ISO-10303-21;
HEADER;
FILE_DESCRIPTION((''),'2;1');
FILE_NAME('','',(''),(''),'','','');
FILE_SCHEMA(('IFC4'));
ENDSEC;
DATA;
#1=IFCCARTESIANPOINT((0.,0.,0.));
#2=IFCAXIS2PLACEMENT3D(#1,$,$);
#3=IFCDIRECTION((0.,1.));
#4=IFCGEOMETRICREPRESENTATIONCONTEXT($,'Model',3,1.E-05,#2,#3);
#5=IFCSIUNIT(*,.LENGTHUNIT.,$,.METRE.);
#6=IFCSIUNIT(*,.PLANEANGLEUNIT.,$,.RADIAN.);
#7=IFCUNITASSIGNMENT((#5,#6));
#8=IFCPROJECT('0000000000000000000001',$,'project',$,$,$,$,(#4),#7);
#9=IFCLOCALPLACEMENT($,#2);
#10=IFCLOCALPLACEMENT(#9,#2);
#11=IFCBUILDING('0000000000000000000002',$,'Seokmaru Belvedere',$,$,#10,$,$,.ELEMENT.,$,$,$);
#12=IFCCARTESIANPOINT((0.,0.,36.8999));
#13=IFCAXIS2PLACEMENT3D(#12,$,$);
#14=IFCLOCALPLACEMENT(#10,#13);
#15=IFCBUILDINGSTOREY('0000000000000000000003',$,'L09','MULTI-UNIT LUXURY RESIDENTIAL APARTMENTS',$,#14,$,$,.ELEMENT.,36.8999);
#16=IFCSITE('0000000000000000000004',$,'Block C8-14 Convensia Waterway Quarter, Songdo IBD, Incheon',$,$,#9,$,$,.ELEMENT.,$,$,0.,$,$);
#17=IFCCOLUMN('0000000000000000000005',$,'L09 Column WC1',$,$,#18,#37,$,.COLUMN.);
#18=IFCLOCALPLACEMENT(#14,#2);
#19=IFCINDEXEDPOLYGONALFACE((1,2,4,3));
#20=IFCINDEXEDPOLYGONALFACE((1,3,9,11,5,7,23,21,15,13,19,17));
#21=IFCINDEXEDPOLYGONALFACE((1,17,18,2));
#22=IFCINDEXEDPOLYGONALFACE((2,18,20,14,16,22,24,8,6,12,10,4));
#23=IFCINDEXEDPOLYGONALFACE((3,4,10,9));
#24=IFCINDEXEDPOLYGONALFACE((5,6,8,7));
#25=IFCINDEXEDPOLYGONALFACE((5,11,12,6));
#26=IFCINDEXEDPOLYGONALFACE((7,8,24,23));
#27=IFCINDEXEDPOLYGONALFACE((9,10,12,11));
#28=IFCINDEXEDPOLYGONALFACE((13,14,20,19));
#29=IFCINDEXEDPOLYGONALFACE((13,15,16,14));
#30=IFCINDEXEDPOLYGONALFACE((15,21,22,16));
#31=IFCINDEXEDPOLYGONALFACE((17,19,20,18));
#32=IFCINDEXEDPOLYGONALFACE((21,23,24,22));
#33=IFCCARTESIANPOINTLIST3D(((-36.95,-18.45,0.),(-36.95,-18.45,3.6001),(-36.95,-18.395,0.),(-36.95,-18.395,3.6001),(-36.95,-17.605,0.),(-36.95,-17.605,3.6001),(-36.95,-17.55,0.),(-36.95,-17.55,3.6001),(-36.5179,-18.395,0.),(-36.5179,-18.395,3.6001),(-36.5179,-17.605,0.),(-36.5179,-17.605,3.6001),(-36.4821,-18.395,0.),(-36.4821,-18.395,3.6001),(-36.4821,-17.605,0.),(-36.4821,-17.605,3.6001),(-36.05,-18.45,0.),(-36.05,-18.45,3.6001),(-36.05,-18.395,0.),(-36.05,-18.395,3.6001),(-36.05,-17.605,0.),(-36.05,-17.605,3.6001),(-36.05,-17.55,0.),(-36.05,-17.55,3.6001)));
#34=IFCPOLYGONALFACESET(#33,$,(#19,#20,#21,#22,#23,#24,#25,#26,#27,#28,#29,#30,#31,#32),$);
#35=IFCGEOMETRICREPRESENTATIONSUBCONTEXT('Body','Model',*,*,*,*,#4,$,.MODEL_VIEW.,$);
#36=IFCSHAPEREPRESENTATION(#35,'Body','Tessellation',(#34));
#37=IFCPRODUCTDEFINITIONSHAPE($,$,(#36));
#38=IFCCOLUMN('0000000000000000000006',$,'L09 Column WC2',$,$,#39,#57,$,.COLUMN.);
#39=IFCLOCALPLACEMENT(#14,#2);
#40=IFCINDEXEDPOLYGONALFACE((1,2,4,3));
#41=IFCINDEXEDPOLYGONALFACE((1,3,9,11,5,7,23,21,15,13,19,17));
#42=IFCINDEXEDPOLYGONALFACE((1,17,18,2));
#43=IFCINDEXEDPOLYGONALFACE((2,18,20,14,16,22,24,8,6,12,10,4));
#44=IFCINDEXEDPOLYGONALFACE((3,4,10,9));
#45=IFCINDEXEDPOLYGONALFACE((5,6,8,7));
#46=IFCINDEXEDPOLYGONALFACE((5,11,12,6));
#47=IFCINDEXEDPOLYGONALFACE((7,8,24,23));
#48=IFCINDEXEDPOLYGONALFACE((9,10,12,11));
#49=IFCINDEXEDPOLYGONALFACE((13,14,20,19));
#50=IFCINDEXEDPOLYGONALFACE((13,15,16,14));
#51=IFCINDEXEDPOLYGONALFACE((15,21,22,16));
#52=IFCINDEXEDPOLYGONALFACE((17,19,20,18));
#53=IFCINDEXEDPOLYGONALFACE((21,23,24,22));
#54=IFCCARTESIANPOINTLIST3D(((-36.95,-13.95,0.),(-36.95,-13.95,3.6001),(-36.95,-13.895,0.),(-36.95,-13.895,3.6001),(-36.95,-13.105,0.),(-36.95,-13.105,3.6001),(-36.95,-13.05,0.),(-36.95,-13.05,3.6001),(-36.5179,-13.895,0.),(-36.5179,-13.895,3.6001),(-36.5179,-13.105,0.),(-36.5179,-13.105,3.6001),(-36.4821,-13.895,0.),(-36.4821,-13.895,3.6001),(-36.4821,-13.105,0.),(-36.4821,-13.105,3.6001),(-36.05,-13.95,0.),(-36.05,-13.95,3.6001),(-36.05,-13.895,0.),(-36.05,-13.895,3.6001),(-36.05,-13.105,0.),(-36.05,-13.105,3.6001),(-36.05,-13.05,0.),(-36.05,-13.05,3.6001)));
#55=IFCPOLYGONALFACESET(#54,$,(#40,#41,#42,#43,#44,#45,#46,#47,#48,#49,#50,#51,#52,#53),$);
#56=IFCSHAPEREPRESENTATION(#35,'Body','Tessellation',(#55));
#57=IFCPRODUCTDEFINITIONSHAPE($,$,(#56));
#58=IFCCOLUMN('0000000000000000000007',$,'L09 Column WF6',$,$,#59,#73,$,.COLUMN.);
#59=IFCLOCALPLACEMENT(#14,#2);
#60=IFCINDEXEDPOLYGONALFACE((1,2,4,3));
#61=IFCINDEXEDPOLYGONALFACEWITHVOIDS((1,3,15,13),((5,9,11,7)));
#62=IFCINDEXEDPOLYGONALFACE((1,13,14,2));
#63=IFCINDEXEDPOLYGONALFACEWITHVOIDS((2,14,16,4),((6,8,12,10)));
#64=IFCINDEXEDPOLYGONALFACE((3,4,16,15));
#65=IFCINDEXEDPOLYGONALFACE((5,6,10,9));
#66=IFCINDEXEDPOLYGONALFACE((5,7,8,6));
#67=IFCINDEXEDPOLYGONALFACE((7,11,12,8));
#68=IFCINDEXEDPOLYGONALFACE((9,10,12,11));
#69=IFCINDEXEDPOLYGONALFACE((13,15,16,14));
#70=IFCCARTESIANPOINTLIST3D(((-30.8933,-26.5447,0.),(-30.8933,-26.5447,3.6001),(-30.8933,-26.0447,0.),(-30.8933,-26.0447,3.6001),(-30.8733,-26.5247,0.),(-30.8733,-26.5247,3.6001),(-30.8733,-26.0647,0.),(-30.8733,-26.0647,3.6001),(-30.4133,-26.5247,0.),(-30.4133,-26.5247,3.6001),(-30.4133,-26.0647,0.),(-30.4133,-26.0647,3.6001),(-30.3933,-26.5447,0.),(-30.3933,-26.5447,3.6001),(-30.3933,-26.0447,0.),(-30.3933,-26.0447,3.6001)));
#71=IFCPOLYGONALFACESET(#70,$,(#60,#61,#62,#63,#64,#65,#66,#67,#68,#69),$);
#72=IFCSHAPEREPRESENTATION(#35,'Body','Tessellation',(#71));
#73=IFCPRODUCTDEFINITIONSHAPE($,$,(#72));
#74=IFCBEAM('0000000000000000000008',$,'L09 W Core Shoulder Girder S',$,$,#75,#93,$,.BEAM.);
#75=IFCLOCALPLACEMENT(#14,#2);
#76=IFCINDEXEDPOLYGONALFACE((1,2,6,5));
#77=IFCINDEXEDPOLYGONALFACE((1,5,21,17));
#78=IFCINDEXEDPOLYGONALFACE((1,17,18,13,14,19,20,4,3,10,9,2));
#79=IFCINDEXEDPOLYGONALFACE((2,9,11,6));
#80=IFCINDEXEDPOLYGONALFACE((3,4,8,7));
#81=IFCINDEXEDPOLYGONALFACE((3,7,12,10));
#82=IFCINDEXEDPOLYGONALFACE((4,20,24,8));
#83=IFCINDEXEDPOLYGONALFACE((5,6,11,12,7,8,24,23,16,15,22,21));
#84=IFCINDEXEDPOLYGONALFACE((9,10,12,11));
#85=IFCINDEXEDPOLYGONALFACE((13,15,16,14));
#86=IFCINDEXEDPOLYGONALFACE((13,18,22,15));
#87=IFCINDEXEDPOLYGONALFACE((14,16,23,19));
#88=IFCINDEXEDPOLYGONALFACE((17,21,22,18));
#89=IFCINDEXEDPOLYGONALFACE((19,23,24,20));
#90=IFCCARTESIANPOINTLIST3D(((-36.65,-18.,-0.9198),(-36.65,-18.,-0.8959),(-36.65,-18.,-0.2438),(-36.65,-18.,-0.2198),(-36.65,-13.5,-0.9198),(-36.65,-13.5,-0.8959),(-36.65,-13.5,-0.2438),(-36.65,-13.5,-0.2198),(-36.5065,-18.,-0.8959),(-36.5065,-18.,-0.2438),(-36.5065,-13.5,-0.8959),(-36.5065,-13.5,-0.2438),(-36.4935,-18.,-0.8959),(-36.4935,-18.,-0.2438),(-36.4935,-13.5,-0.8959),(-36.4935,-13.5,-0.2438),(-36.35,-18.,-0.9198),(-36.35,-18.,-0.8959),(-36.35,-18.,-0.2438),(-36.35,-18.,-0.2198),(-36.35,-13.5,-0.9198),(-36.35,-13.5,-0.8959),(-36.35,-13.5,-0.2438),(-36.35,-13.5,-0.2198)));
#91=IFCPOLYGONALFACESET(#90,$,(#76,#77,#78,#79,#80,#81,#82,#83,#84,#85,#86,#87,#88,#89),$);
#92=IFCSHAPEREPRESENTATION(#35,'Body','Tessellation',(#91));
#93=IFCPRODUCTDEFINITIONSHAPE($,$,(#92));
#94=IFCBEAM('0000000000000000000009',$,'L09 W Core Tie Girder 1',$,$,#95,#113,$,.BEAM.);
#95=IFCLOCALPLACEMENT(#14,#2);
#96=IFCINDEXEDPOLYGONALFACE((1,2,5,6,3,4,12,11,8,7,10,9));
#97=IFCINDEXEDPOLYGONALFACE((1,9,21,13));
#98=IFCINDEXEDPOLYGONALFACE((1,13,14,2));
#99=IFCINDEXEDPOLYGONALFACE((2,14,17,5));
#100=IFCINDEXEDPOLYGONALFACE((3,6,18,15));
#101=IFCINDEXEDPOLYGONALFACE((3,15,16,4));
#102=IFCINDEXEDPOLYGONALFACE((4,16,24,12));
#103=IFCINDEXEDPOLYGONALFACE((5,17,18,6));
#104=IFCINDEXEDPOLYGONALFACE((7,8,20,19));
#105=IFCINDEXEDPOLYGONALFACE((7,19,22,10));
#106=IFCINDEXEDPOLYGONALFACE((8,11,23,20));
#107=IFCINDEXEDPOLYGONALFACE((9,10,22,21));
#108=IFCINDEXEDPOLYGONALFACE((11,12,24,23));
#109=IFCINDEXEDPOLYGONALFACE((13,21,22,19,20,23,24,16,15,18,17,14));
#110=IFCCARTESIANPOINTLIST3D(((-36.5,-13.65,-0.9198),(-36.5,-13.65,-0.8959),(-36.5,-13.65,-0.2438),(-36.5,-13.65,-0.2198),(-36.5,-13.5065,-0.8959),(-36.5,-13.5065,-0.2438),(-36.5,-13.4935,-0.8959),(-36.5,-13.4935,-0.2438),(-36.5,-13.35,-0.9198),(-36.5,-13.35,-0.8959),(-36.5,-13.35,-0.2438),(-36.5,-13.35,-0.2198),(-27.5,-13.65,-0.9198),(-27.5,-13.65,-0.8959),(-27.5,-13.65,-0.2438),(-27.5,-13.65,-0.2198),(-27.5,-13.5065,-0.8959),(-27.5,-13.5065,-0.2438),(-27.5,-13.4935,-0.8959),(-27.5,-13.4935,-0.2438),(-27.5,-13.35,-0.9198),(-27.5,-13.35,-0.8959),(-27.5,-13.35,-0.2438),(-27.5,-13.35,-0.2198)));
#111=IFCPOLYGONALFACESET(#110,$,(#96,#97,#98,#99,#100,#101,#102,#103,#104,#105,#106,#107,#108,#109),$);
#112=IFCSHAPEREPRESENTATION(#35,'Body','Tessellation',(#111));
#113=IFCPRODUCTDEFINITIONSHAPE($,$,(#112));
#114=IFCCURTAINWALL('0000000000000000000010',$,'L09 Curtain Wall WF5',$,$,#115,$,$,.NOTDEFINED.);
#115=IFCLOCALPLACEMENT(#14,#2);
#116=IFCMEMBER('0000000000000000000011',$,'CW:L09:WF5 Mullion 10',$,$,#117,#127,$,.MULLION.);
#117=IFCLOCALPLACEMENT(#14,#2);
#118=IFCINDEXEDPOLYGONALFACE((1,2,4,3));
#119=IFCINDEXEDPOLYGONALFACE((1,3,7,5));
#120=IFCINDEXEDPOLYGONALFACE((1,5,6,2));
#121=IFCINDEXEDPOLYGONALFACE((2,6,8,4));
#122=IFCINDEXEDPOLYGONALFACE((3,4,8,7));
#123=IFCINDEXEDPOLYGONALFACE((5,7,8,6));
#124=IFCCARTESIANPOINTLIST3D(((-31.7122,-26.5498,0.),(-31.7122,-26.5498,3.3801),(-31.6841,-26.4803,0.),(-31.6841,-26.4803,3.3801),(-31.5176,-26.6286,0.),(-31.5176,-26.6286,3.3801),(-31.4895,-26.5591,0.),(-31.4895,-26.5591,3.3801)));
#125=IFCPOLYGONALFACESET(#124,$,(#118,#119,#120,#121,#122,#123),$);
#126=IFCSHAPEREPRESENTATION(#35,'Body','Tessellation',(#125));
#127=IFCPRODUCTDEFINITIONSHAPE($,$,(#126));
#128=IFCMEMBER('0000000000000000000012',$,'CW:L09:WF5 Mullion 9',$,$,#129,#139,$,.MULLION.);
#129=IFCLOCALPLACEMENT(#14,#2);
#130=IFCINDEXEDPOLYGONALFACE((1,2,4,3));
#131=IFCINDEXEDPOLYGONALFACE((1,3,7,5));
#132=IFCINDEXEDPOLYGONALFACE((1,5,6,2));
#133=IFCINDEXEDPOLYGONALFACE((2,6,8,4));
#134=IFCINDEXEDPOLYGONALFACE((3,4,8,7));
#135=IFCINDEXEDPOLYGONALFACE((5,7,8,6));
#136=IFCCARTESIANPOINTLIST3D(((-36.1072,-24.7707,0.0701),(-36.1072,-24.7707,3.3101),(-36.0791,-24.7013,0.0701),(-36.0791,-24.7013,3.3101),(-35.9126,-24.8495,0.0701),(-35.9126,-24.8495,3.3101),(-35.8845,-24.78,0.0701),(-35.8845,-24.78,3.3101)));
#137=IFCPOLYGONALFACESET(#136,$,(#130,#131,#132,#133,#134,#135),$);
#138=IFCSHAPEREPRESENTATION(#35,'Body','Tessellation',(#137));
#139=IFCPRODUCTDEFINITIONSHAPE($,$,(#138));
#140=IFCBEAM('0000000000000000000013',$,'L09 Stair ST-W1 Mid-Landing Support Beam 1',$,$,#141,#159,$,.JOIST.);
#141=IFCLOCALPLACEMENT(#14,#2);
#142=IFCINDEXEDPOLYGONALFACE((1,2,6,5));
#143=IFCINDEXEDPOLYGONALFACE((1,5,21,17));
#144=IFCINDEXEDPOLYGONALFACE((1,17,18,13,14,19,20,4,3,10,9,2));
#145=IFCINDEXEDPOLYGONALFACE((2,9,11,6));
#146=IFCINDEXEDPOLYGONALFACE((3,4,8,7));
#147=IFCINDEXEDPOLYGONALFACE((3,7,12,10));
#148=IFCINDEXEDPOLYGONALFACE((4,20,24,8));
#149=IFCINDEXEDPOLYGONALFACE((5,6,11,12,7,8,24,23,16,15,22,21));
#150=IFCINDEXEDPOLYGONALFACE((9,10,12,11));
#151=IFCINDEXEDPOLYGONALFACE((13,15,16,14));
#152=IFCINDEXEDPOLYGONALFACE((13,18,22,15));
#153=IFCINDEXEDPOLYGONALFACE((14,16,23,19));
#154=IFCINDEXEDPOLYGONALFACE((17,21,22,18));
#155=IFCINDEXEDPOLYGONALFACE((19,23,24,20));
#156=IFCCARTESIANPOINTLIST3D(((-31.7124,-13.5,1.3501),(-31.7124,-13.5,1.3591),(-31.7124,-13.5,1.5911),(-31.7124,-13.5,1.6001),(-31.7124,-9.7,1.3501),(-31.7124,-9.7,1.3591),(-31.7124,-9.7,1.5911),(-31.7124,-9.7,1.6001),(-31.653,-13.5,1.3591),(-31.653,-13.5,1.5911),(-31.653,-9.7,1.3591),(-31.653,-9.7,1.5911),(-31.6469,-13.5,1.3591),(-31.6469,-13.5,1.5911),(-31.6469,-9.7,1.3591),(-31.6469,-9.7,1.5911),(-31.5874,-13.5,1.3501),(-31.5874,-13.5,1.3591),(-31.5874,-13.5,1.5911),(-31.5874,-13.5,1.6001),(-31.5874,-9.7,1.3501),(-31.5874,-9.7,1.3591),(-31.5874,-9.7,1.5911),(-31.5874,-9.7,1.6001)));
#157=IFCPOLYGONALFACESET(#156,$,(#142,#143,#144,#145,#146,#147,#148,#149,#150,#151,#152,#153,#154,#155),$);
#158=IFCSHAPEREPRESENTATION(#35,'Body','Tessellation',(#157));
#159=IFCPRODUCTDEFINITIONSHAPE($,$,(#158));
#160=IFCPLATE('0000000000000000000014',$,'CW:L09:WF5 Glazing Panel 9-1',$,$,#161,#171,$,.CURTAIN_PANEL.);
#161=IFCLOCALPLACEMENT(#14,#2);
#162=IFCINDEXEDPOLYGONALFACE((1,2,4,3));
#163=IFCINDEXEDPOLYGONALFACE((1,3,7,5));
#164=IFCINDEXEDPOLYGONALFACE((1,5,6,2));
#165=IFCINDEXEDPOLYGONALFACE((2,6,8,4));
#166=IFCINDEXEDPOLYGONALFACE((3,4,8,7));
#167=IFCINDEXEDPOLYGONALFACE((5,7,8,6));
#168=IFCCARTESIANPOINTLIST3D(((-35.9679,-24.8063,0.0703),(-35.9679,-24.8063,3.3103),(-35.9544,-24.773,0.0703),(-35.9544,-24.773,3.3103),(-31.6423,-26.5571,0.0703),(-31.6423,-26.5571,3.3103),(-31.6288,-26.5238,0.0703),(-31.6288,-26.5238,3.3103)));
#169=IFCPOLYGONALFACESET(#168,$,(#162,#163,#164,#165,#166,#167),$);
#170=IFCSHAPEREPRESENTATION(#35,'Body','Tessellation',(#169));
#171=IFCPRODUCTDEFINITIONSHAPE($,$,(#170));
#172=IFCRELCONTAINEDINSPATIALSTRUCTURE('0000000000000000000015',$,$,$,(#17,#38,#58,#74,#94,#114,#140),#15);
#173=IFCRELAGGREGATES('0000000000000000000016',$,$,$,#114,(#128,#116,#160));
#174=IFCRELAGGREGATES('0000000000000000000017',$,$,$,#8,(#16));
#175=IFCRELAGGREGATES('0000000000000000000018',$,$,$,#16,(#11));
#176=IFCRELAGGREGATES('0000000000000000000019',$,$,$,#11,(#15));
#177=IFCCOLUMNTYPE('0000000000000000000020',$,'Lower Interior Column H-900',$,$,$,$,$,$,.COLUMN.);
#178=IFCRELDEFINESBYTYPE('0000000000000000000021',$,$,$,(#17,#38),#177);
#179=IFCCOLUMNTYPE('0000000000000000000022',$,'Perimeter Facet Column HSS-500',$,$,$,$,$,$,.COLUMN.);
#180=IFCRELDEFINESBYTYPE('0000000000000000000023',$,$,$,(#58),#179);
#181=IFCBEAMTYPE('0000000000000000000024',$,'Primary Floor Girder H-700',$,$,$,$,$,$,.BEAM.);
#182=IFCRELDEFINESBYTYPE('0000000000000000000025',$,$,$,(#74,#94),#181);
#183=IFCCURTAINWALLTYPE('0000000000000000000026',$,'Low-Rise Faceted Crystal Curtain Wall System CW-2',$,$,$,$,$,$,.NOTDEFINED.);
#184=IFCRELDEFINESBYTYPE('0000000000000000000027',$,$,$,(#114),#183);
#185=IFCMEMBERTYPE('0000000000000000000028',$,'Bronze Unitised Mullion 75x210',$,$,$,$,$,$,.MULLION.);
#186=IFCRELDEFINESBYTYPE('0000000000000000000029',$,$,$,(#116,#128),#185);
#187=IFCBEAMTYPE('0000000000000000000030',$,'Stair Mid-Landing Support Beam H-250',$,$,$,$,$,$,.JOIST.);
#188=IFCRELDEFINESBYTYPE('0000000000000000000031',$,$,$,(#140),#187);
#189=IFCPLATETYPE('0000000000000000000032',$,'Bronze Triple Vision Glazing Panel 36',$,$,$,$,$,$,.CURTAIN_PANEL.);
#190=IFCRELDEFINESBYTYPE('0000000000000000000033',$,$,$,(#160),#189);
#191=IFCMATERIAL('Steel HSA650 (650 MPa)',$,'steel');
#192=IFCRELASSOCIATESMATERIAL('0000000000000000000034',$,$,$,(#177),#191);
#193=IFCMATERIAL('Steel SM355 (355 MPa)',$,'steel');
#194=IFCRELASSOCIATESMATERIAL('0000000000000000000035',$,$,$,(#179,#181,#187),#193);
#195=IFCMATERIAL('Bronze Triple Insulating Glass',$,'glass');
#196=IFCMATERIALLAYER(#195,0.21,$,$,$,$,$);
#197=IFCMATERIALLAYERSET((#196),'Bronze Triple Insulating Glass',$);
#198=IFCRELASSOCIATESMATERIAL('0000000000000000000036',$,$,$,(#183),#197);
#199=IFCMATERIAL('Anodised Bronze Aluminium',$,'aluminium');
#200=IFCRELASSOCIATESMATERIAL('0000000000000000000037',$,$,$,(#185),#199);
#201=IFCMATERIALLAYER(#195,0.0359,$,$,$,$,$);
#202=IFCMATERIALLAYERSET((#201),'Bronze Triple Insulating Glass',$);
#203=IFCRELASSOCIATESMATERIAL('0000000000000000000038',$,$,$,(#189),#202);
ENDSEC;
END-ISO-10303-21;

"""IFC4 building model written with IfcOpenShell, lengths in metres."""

from ifc_helpers import new_model, si_unit, direction, frame, origin, origin_2d, place, context, subcontext, project, spatial, rectangle, hollow_rectangle, i_section, extrude, source, transform, mapped, material, layer, layer_set, material_profile, profile_set, type_object, type_shapes, element, aggregate, save


model = new_model("IFC4")

# Units and contexts
model_context = context("Model", 3, precision=1e-05, world=origin(), true_north=direction((0.0, 1.0)))
body_context = subcontext(model_context, "Body", "Model", "MODEL_VIEW")
ifc_project = project(units=[si_unit("LENGTHUNIT", "METRE"), si_unit("PLANEANGLEUNIT", "RADIAN")], contexts=[model_context])

# Site, building, storey
site_placement = place(None, origin())
site = spatial("IfcSite", under=ifc_project, at=site_placement, Name="Block C8-14 Convensia Waterway Quarter, Songdo IBD, Incheon", CompositionType="ELEMENT", RefElevation=0.0)
building_placement = place(site_placement, origin())
building = spatial("IfcBuilding", under=site, at=building_placement, Name="Seokmaru Belvedere", CompositionType="ELEMENT")
storey_placement = place(building_placement, frame((0.0, 0.0, 36.8999)))
storey = spatial("IfcBuildingStorey", under=building, at=storey_placement, Name="L09", Description="MULTI-UNIT LUXURY RESIDENTIAL APARTMENTS", CompositionType="ELEMENT", Elevation=36.8999)

# Columns
ifc_material_1 = material(Name="Steel HSA650 (650 MPa)", Category="steel")
ifc_material_profile_1 = material_profile(ifc_material_1, i_section(OverallWidth=0.8999, OverallDepth=0.8999, WebThickness=0.0359, FlangeThickness=0.0549, at=origin_2d()), Name="H-900x900x36x55")
ifc_profile_set_1 = profile_set([ifc_material_profile_1], Name="Steel HSA650 (650 MPa)")
column_type_1 = type_object("IfcColumnType", Name="Lower Interior Column H-900", PredefinedType="COLUMN", material=ifc_profile_set_1)
shared_shape_1 = source(origin(), body_context, "Body", "SweptSolid", [
    extrude(i_section(OverallWidth=0.8999, OverallDepth=0.8999, WebThickness=0.0359, FlangeThickness=0.0549, at=origin_2d()), origin(), (0.0, 0.0, 1.0), 3.6001),
])
type_shapes(column_type_1, [shared_shape_1])
for number, where, z_axis, x_axis, name in (
    (1, (-36.5, -18.0, 0.0), (0.0, 0.0, 1.0), (1.0, 0.0, 0.0), "L09 Column WC1"),
    (2, (-36.5, -13.5, 0.0), (0.0, 0.0, 1.0), (1.0, 0.0, 0.0), "L09 Column WC2"),
):
    element("IfcColumn", number, at=place(storey_placement, frame(where, z_axis=z_axis, x_axis=x_axis)), inside=storey, type_object=column_type_1, Name=name, PredefinedType="COLUMN", context=body_context, shape_type="MappedRepresentation", body=[
        mapped(shared_shape_1, transform((0.0, 0.0, 0.0), scale=1.0)),
    ])
ifc_material_2 = material(Name="Steel SM355 (355 MPa)", Category="steel")
ifc_material_profile_2 = material_profile(ifc_material_2, hollow_rectangle(XDim=0.5, YDim=0.5, WallThickness=0.02, at=origin_2d()), Name="HSS-500x500x20")
ifc_profile_set_2 = profile_set([ifc_material_profile_2], Name="Steel SM355 (355 MPa)")
column_type_2 = type_object("IfcColumnType", Name="Perimeter Facet Column HSS-500", PredefinedType="COLUMN", material=ifc_profile_set_2)
shared_shape_2 = source(origin(), body_context, "Body", "SweptSolid", [
    extrude(hollow_rectangle(XDim=0.5, YDim=0.5, WallThickness=0.02, at=origin_2d()), origin(), (0.0, 0.0, 1.0), 3.6001),
])
type_shapes(column_type_2, [shared_shape_2])
column_placement = place(storey_placement, frame((-30.6433, -26.2947, 0.0), z_axis=(0.0, 0.0, 1.0), x_axis=(1.0, 0.0, 0.0)))
element("IfcColumn", 3, at=column_placement, inside=storey, type_object=column_type_2, Name="L09 Column WF6", PredefinedType="COLUMN", context=body_context, shape_type="MappedRepresentation", body=[
    mapped(shared_shape_2, transform((0.0, 0.0, 0.0), scale=1.0)),
])

# Beams
ifc_material_profile_3 = material_profile(ifc_material_2, i_section(OverallWidth=0.3, OverallDepth=0.7, WebThickness=0.0129, FlangeThickness=0.0239, at=origin_2d()), Name="H-700x300x13x24")
ifc_profile_set_3 = profile_set([ifc_material_profile_3], Name="Steel SM355 (355 MPa)")
beam_type_1 = type_object("IfcBeamType", Name="Primary Floor Girder H-700", PredefinedType="BEAM", material=ifc_profile_set_3)
shared_shape_3 = source(origin(), body_context, "Body", "SweptSolid", [
    extrude(i_section(OverallWidth=0.3, OverallDepth=0.7, WebThickness=0.0129, FlangeThickness=0.0239, at=origin_2d()), origin(), (0.0, 0.0, 1.0), 4.5),
])
beam_1_placement = place(storey_placement, frame((-36.5, -18.0, -0.5698), z_axis=(0.0, 1.0, 0.0), x_axis=(-1.0, 0.0, 0.0)))
element("IfcBeam", 4, at=beam_1_placement, inside=storey, type_object=beam_type_1, Name="L09 W Core Shoulder Girder S", PredefinedType="BEAM", context=body_context, shape_type="MappedRepresentation", body=[
    mapped(shared_shape_3, transform((0.0, 0.0, 0.0), scale=1.0)),
])
shared_shape_4 = source(origin(), body_context, "Body", "SweptSolid", [
    extrude(i_section(OverallWidth=0.3, OverallDepth=0.7, WebThickness=0.0129, FlangeThickness=0.0239, at=origin_2d()), origin(), (0.0, 0.0, 1.0), 9.0),
])
type_shapes(beam_type_1, [shared_shape_3, shared_shape_4])
beam_2_placement = place(storey_placement, frame((-36.5, -13.5, -0.5698), z_axis=(1.0, 0.0, 0.0), x_axis=(0.0, 1.0, 0.0)))
element("IfcBeam", 5, at=beam_2_placement, inside=storey, type_object=beam_type_1, Name="L09 W Core Tie Girder 1", PredefinedType="BEAM", context=body_context, shape_type="MappedRepresentation", body=[
    mapped(shared_shape_4, transform((0.0, 0.0, 0.0), scale=1.0)),
])

# Curtain wall, members
ifc_material_3 = material(Name="Bronze Triple Insulating Glass", Category="glass")
ifc_layer_1 = layer(ifc_material_3, 0.21)
ifc_layer_set_1 = layer_set([ifc_layer_1], Name="Bronze Triple Insulating Glass")
curtain_wall_type = type_object("IfcCurtainWallType", Name="Low-Rise Faceted Crystal Curtain Wall System CW-2", PredefinedType="NOTDEFINED", material=ifc_layer_set_1)
curtain_wall_placement = place(storey_placement, origin())
curtain_wall = element("IfcCurtainWall", 6, at=curtain_wall_placement, inside=storey, type_object=curtain_wall_type, Name="L09 Curtain Wall WF5", PredefinedType="NOTDEFINED")
ifc_material_4 = material(Name="Anodised Bronze Aluminium", Category="aluminium")
ifc_material_profile_4 = material_profile(ifc_material_4, rectangle(XDim=0.075, YDim=0.21, at=origin_2d()), Name="CW-M-75x210")
ifc_profile_set_4 = profile_set([ifc_material_profile_4], Name="Anodised Bronze Aluminium")
member_type = type_object("IfcMemberType", Name="Bronze Unitised Mullion 75x210", PredefinedType="MULLION", material=ifc_profile_set_4)
shared_shape_5 = source(origin(), body_context, "Body", "SweptSolid", [
    extrude(rectangle(XDim=0.075, YDim=0.21, at=origin_2d()), origin(), (0.0, 0.0, 1.0), 3.3801),
])
member_1_placement = place(storey_placement, frame((-31.6008, -26.5544, 0.0), z_axis=(0.0, 0.0, 1.0), x_axis=(0.375192, 0.926947, 0.0)))
member_1 = element("IfcMember", 7, at=member_1_placement, type_object=member_type, Name="CW:L09:WF5 Mullion 10", PredefinedType="MULLION", context=body_context, shape_type="MappedRepresentation", body=[
    mapped(shared_shape_5, transform((0.0, 0.0, 0.0), scale=1.0)),
])
shared_shape_6 = source(origin(), body_context, "Body", "SweptSolid", [
    extrude(rectangle(XDim=0.075, YDim=0.21, at=origin_2d()), origin(), (0.0, 0.0, 1.0), 3.24),
])
type_shapes(member_type, [shared_shape_5, shared_shape_6])
member_2_placement = place(storey_placement, frame((-35.9958, -24.7754, 0.0701), z_axis=(0.0, 0.0, 1.0), x_axis=(0.375192, 0.926947, 0.0)))
member_2 = element("IfcMember", 8, at=member_2_placement, type_object=member_type, Name="CW:L09:WF5 Mullion 9", PredefinedType="MULLION", context=body_context, shape_type="MappedRepresentation", body=[
    mapped(shared_shape_6, transform((0.0, 0.0, 0.0), scale=1.0)),
])

# Beam
ifc_material_profile_5 = material_profile(ifc_material_2, i_section(OverallWidth=0.125, OverallDepth=0.25, WebThickness=0.0061, FlangeThickness=0.009, at=origin_2d()), Name="H-250x125x6x9")
ifc_profile_set_5 = profile_set([ifc_material_profile_5], Name="Steel SM355 (355 MPa)")
beam_type_2 = type_object("IfcBeamType", Name="Stair Mid-Landing Support Beam H-250", PredefinedType="JOIST", material=ifc_profile_set_5)
shared_shape_7 = source(origin(), body_context, "Body", "SweptSolid", [
    extrude(i_section(OverallWidth=0.125, OverallDepth=0.25, WebThickness=0.0061, FlangeThickness=0.009, at=origin_2d()), origin(), (0.0, 0.0, 1.0), 3.8),
])
type_shapes(beam_type_2, [shared_shape_7])
beam_3_placement = place(storey_placement, frame((-31.6499, -13.5, 1.4751), z_axis=(0.0, 1.0, 0.0), x_axis=(-1.0, 0.0, 0.0)))
element("IfcBeam", 9, at=beam_3_placement, inside=storey, type_object=beam_type_2, Name="L09 Stair ST-W1 Mid-Landing Support Beam 1", PredefinedType="JOIST", context=body_context, shape_type="MappedRepresentation", body=[
    mapped(shared_shape_7, transform((0.0, 0.0, 0.0), scale=1.0)),
])

# Plate
ifc_layer_2 = layer(ifc_material_3, 0.0359)
ifc_layer_set_2 = layer_set([ifc_layer_2], Name="Bronze Triple Insulating Glass")
plate_type = type_object("IfcPlateType", Name="Bronze Triple Vision Glazing Panel 36", PredefinedType="CURTAIN_PANEL", material=ifc_layer_set_2)
shared_shape_8 = source(origin(), body_context, "Body", "SweptSolid", [
    extrude(rectangle(XDim=4.6665, YDim=0.0359, at=origin_2d()), origin(), (0.0, 0.0, 1.0), 3.24),
])
plate_1_placement = place(storey_placement, frame((-33.7983, -25.665, 0.0703), z_axis=(0.0, 0.0, 1.0), x_axis=(0.926947, -0.375192, 0.0)))
plate_1 = element("IfcPlate", 10, at=plate_1_placement, type_object=plate_type, Name="CW:L09:WF5 Glazing Panel 9-1", PredefinedType="CURTAIN_PANEL", context=body_context, shape_type="MappedRepresentation", body=[
    mapped(shared_shape_8, transform((0.0, 0.0, 0.0), scale=1.0)),
])
aggregate(curtain_wall, [member_2, member_1, plate_1])

save(model, "model.ifc")
